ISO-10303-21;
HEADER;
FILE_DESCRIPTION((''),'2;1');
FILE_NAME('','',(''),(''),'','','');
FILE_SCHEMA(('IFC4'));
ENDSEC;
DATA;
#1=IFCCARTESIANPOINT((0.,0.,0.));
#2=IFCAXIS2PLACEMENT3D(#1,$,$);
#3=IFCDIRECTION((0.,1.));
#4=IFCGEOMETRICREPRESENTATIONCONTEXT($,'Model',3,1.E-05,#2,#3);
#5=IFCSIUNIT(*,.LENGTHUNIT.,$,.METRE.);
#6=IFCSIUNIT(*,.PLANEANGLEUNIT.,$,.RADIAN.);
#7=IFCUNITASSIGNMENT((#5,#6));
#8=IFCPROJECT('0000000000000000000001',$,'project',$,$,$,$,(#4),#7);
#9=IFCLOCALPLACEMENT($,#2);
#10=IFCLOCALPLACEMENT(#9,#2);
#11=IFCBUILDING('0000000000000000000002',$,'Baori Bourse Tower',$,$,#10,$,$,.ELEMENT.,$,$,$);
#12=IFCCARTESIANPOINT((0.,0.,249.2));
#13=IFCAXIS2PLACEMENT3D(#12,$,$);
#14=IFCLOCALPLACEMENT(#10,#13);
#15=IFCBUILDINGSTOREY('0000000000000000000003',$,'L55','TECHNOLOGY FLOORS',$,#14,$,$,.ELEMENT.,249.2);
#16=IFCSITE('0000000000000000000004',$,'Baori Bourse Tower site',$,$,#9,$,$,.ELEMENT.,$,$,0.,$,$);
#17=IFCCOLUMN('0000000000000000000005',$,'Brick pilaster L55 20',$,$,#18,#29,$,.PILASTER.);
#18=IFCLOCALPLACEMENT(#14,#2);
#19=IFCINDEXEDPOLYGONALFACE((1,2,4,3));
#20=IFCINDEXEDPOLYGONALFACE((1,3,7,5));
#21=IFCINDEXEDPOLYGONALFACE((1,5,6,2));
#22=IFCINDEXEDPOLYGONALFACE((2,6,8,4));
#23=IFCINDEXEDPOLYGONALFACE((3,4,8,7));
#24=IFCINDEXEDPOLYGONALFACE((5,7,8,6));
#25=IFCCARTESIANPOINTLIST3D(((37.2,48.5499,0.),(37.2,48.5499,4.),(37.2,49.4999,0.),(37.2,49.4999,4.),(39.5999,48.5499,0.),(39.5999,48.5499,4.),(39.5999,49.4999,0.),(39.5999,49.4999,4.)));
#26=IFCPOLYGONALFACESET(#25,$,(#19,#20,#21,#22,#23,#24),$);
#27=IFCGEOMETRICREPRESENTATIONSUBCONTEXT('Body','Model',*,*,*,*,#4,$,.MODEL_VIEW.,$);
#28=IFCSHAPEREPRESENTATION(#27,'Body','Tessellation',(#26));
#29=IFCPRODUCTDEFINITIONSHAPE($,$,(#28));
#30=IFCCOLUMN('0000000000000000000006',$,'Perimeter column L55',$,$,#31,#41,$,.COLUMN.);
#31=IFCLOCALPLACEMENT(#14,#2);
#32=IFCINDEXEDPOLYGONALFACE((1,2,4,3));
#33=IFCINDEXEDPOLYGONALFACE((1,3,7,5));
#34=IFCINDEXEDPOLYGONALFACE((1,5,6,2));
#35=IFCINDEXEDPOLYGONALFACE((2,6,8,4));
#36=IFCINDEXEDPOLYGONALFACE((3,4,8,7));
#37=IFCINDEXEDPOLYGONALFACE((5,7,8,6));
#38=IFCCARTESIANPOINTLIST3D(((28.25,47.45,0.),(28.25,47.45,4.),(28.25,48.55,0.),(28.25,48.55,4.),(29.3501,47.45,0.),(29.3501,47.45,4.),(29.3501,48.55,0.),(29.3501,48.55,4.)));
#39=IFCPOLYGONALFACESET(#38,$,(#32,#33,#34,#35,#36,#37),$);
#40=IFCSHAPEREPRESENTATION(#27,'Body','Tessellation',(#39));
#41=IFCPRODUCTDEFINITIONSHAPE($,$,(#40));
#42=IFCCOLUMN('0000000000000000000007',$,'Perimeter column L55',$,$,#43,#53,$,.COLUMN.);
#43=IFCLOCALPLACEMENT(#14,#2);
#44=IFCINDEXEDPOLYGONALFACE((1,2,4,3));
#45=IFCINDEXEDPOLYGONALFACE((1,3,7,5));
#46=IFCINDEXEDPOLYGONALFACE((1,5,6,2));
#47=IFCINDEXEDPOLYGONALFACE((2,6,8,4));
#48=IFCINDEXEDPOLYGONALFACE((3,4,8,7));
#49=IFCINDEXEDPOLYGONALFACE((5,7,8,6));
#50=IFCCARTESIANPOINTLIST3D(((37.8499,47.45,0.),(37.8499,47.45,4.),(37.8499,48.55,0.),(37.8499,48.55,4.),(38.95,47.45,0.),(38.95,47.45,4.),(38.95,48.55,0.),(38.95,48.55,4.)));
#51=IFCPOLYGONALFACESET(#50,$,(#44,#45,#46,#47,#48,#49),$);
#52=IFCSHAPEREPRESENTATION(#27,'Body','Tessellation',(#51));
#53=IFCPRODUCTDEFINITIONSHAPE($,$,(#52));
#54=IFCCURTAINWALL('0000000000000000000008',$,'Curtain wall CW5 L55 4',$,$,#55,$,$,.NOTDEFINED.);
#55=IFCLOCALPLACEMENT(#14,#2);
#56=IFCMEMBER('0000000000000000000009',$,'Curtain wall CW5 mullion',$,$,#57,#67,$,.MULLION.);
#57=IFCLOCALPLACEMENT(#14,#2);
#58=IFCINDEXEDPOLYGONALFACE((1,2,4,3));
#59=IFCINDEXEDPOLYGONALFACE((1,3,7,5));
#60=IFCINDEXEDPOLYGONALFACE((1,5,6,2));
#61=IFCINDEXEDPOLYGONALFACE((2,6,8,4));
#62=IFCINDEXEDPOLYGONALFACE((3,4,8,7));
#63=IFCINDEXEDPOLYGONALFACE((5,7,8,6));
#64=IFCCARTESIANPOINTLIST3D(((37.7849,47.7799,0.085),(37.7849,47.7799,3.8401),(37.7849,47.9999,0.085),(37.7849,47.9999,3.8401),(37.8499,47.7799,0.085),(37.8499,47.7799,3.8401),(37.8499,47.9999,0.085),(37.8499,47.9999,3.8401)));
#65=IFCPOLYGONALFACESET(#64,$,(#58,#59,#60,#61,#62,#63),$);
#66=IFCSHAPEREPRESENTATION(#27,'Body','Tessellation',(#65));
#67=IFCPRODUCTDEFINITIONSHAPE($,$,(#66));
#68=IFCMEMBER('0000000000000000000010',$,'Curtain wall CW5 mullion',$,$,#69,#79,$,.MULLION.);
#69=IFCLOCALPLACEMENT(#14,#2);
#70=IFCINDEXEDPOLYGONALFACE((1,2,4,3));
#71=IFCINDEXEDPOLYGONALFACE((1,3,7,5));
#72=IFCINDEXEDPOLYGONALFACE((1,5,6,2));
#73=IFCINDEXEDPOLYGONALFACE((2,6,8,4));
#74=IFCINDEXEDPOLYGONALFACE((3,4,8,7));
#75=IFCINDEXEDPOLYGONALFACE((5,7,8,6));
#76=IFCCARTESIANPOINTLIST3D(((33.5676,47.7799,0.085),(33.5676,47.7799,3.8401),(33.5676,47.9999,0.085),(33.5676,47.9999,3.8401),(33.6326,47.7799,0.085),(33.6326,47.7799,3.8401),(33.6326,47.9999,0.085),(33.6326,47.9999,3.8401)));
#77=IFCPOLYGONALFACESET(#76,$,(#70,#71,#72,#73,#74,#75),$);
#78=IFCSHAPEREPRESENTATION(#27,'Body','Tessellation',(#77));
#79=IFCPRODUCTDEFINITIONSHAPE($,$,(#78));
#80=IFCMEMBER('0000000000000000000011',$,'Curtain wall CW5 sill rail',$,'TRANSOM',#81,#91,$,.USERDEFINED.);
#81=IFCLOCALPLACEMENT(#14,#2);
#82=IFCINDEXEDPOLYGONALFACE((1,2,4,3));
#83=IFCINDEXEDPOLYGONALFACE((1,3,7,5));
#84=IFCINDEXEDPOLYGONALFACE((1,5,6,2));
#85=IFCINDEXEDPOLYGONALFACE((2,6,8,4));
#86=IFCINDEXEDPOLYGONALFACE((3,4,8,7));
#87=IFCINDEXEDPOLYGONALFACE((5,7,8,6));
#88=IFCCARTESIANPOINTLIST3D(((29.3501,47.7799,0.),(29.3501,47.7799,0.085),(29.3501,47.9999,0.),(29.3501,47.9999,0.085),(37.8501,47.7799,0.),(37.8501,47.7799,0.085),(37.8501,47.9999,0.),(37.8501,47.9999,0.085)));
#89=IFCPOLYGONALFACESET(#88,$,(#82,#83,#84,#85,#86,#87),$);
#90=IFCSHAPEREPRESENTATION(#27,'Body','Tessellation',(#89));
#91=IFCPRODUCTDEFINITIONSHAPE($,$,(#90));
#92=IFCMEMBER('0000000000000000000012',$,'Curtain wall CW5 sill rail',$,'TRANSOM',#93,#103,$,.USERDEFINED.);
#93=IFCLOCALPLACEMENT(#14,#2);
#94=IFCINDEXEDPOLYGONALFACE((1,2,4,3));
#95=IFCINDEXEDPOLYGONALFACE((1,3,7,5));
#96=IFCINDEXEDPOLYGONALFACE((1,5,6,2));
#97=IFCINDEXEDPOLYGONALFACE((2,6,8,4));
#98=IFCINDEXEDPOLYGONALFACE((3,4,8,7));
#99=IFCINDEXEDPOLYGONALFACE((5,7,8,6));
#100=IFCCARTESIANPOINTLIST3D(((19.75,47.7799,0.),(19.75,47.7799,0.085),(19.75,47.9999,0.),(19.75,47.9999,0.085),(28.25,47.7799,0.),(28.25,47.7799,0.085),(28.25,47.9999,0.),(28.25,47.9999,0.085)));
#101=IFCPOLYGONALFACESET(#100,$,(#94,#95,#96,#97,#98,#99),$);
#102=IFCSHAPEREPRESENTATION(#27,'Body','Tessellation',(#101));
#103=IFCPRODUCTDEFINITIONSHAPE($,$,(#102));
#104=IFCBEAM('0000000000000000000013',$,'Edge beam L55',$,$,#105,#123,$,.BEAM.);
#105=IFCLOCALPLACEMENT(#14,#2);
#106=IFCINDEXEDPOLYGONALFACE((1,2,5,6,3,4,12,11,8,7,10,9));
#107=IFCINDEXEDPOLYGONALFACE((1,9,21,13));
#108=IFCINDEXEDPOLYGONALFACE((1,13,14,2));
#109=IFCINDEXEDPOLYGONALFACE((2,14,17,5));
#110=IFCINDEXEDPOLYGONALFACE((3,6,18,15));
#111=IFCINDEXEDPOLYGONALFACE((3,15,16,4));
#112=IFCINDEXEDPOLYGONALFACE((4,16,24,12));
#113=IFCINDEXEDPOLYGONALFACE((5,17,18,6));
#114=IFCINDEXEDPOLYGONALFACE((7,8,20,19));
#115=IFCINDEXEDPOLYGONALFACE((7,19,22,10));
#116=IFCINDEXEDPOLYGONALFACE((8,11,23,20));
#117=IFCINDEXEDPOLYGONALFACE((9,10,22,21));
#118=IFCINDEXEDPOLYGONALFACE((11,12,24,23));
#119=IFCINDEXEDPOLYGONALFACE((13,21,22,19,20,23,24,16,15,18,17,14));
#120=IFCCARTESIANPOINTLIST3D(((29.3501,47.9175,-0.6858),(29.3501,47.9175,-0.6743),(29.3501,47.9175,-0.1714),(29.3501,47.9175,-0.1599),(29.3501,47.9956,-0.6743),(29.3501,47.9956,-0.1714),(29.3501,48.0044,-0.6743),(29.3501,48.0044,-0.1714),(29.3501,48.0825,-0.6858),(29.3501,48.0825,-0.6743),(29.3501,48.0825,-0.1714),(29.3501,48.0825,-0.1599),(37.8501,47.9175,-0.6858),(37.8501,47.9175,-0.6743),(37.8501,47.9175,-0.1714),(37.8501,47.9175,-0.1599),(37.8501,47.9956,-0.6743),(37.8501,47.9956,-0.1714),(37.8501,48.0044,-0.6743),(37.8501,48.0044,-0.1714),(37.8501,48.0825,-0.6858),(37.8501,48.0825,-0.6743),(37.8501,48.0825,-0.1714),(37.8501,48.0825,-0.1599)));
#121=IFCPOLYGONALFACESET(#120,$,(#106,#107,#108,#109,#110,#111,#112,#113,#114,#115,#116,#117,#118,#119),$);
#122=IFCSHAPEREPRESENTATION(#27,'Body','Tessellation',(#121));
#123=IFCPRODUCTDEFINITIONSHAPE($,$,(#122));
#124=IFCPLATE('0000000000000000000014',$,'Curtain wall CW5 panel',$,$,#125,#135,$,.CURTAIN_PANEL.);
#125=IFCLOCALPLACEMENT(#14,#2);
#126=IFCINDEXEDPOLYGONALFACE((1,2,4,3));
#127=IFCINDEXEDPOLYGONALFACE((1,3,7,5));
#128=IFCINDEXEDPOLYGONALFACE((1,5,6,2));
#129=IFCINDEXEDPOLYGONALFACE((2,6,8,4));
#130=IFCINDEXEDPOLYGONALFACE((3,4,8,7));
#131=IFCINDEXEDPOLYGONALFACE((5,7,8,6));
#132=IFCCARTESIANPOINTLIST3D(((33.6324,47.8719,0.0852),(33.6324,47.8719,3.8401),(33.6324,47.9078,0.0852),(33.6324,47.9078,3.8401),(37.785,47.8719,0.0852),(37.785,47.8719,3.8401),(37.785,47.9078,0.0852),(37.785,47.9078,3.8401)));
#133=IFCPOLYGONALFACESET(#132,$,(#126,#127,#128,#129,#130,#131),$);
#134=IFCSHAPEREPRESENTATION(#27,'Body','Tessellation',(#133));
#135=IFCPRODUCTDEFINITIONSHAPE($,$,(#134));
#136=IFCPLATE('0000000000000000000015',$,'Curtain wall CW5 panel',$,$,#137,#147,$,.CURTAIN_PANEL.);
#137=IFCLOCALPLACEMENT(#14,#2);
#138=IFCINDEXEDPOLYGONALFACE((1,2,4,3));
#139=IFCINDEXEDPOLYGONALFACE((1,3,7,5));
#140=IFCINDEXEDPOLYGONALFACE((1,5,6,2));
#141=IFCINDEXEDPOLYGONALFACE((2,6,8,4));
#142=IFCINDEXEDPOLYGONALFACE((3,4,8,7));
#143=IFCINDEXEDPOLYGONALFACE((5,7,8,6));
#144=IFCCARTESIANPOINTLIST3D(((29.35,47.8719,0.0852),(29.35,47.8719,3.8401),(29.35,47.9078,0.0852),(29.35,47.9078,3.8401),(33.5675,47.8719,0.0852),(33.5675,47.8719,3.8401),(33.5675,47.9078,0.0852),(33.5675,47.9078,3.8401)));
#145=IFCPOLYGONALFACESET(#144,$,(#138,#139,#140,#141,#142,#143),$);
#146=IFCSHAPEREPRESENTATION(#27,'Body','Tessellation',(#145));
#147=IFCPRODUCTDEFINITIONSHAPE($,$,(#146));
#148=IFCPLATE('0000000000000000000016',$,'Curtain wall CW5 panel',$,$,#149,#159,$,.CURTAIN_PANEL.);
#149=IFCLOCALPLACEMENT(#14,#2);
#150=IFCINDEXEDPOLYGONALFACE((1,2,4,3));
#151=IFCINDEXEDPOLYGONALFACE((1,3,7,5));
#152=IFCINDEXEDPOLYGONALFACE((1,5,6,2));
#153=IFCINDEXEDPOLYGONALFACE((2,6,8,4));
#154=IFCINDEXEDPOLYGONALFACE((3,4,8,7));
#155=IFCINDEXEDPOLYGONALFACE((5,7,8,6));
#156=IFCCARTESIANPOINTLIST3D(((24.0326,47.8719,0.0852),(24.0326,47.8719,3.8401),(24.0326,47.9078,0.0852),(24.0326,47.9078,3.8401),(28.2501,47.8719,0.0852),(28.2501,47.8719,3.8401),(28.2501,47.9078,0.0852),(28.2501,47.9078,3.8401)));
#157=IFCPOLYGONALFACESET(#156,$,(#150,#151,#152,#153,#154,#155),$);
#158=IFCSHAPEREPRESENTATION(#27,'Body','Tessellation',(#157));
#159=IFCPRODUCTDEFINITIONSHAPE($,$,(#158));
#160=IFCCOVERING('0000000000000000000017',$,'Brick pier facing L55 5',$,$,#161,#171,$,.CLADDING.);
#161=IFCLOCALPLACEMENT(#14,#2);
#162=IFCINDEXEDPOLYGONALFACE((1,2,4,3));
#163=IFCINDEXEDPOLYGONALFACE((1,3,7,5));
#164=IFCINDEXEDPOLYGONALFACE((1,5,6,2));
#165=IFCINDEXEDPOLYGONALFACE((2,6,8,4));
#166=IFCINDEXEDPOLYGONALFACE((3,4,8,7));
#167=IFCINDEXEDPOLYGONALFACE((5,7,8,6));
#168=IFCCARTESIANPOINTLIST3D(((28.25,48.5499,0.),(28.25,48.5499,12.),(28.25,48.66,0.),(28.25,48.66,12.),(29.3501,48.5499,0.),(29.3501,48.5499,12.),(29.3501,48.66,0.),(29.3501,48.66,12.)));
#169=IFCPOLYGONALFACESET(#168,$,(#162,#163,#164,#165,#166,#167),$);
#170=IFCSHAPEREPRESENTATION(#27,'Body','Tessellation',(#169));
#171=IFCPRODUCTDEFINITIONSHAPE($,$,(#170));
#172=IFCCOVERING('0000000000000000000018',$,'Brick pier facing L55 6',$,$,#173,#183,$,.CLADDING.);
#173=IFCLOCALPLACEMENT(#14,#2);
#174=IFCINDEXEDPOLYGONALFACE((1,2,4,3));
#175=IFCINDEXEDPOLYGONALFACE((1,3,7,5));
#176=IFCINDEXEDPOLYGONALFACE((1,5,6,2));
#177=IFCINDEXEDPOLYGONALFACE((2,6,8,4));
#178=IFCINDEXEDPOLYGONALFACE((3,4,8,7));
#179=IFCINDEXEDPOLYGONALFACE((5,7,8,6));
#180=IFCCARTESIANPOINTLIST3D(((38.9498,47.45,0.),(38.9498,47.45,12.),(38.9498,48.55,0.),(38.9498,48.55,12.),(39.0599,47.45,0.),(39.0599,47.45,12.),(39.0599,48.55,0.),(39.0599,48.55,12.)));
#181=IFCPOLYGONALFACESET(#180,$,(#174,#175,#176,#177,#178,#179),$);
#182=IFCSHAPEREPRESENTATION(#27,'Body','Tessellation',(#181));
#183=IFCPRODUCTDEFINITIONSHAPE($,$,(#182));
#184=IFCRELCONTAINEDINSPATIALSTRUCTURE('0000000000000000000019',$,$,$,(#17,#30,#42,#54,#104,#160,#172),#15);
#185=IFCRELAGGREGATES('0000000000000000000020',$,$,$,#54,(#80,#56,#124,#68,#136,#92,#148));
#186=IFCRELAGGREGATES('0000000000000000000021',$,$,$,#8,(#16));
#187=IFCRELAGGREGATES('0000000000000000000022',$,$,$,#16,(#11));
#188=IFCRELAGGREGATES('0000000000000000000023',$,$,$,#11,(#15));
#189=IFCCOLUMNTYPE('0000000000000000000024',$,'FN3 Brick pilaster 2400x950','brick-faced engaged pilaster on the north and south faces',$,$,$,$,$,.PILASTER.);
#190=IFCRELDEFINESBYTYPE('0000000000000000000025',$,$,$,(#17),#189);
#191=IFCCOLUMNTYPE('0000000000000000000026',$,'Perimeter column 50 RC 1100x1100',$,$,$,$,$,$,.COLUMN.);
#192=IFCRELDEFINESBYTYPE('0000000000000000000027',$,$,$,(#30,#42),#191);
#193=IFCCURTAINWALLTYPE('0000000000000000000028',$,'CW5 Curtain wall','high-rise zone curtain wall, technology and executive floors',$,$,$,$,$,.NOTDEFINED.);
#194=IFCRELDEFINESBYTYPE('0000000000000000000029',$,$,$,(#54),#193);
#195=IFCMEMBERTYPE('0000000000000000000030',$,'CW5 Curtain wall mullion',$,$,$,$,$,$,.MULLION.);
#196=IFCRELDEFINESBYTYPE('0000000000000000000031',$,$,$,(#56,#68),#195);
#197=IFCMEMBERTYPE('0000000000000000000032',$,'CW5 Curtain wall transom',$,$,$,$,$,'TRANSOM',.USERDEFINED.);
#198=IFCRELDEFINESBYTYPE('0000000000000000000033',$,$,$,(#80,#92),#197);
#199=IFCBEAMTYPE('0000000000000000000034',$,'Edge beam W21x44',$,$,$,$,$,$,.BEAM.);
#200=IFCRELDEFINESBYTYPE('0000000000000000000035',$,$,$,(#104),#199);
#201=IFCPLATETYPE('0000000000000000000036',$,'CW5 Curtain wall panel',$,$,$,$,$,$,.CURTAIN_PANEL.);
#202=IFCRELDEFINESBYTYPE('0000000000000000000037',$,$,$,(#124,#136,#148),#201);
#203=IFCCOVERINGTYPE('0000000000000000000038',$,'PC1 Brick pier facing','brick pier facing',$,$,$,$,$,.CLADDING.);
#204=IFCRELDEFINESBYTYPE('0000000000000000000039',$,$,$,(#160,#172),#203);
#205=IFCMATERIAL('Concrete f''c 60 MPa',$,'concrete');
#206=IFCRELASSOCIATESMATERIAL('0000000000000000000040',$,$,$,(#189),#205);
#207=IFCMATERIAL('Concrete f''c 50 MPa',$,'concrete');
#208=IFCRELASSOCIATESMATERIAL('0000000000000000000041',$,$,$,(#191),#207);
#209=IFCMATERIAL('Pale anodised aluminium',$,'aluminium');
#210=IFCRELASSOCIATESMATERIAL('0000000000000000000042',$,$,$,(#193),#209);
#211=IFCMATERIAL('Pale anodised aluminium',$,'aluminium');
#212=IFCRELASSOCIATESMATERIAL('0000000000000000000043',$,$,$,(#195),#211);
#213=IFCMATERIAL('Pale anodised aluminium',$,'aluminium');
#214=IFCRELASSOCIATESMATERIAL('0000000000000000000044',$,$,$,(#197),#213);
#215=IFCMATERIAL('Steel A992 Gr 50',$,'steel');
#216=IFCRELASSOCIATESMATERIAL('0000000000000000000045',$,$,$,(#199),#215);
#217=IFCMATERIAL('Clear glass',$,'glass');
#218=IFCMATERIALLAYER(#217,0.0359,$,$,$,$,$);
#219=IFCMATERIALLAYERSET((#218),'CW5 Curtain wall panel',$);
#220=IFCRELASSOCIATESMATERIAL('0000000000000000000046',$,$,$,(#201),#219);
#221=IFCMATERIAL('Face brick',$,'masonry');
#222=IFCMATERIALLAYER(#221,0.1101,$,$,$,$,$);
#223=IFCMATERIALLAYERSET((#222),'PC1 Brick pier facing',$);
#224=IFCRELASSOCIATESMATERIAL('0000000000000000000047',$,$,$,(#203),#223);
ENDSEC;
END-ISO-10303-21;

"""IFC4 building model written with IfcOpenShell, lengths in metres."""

from ifc_helpers import new_model, si_unit, direction, frame, origin, origin_2d, place, context, subcontext, project, spatial, rectangle, i_section, extrude, material, layer, layer_set, material_profile, profile_set, type_object, element, aggregate, save


model = new_model("IFC4")

# Units and contexts
model_context = context("Model", 3, precision=1e-05, world=origin(), true_north=direction((0.0, 1.0)))
body_context = subcontext(model_context, "Body", "Model", "MODEL_VIEW")
ifc_project = project(units=[si_unit("LENGTHUNIT", "METRE"), si_unit("PLANEANGLEUNIT", "RADIAN")], contexts=[model_context])

# Site, building, storey
site_placement = place(None, origin())
site = spatial("IfcSite", under=ifc_project, at=site_placement, Name="Baori Bourse Tower site", CompositionType="ELEMENT", RefElevation=0.0)
building_placement = place(site_placement, origin())
building = spatial("IfcBuilding", under=site, at=building_placement, Name="Baori Bourse Tower", CompositionType="ELEMENT")
storey_placement = place(building_placement, frame((0.0, 0.0, 249.2)))
storey = spatial("IfcBuildingStorey", under=building, at=storey_placement, Name="L55", Description="TECHNOLOGY FLOORS", CompositionType="ELEMENT", Elevation=249.2)

# Columns
ifc_material_1 = material(Name="Concrete f'c 60 MPa", Category="concrete")
ifc_material_profile_1 = material_profile(ifc_material_1, rectangle(XDim=2.3999, YDim=0.95, at=origin_2d()), Name="RC 2400x950")
ifc_profile_set_1 = profile_set([ifc_material_profile_1], Name="Concrete f'c 60 MPa")
column_type_1 = type_object("IfcColumnType", Name="FN3 Brick pilaster 2400x950", Description="brick-faced engaged pilaster on the north and south faces", PredefinedType="PILASTER", material=ifc_profile_set_1)
column_placement = place(storey_placement, frame((38.3999, 49.0249, 0.0), z_axis=(0.0, 0.0, 1.0), x_axis=(1.0, 0.0, 0.0)))
element("IfcColumn", 1, at=column_placement, inside=storey, type_object=column_type_1, Name="Brick pilaster L55 20", PredefinedType="PILASTER", context=body_context, shape_type="SweptSolid", body=[
    extrude(rectangle(XDim=2.3999, YDim=0.95, at=origin_2d()), origin(), (0.0, 0.0, 1.0), 4.0),
])
ifc_material_2 = material(Name="Concrete f'c 50 MPa", Category="concrete")
ifc_material_profile_2 = material_profile(ifc_material_2, rectangle(XDim=1.1001, YDim=1.1001, at=origin_2d()), Name="RC 1100x1100")
ifc_profile_set_2 = profile_set([ifc_material_profile_2], Name="Concrete f'c 50 MPa")
column_type_2 = type_object("IfcColumnType", Name="Perimeter column 50 RC 1100x1100", PredefinedType="COLUMN", material=ifc_profile_set_2)
for number, where, z_axis, x_axis, name in (
    (2, (28.8, 48.0, 0.0), (0.0, 0.0, 1.0), (1.0, 0.0, 0.0), "Perimeter column L55"),
    (3, (38.3999, 48.0, 0.0), (0.0, 0.0, 1.0), (1.0, 0.0, 0.0), "Perimeter column L55"),
):
    element("IfcColumn", number, at=place(storey_placement, frame(where, z_axis=z_axis, x_axis=x_axis)), inside=storey, type_object=column_type_2, Name=name, PredefinedType="COLUMN", context=body_context, shape_type="SweptSolid", body=[
        extrude(rectangle(XDim=1.1001, YDim=1.1001, at=origin_2d()), origin(), (0.0, 0.0, 1.0), 4.0),
    ])

# Curtain wall, members
ifc_material_3 = material(Name="Pale anodised aluminium", Category="aluminium")
curtain_wall_type = type_object("IfcCurtainWallType", Name="CW5 Curtain wall", Description="high-rise zone curtain wall, technology and executive floors", PredefinedType="NOTDEFINED", material=ifc_material_3)
curtain_wall_placement = place(storey_placement, origin())
curtain_wall = element("IfcCurtainWall", 4, at=curtain_wall_placement, inside=storey, type_object=curtain_wall_type, Name="Curtain wall CW5 L55 4", PredefinedType="NOTDEFINED")
ifc_material_4 = material(Name="Pale anodised aluminium", Category="aluminium")
ifc_material_profile_3 = material_profile(ifc_material_4, rectangle(XDim=0.22, YDim=0.0649, at=origin_2d()), Name="Mullion 65x220")
ifc_profile_set_3 = profile_set([ifc_material_profile_3], Name="Pale anodised aluminium")
member_type_1 = type_object("IfcMemberType", Name="CW5 Curtain wall mullion", PredefinedType="MULLION", material=ifc_profile_set_3)
member_1_placement = place(storey_placement, frame((37.8174, 47.8899, 0.085), z_axis=(0.0, 0.0, 1.0), x_axis=(0.0, -1.0, 0.0)))
member_1 = element("IfcMember", 5, at=member_1_placement, type_object=member_type_1, Name="Curtain wall CW5 mullion", PredefinedType="MULLION", context=body_context, shape_type="SweptSolid", body=[
    extrude(rectangle(XDim=0.22, YDim=0.0649, at=origin_2d()), origin(), (0.0, 0.0, 1.0), 3.7551),
])
member_2_placement = place(storey_placement, frame((33.6001, 47.8899, 0.085), z_axis=(0.0, 0.0, 1.0), x_axis=(0.0, -1.0, 0.0)))
member_2 = element("IfcMember", 6, at=member_2_placement, type_object=member_type_1, Name="Curtain wall CW5 mullion", PredefinedType="MULLION", context=body_context, shape_type="SweptSolid", body=[
    extrude(rectangle(XDim=0.22, YDim=0.0649, at=origin_2d()), origin(), (0.0, 0.0, 1.0), 3.7551),
])
ifc_material_5 = material(Name="Pale anodised aluminium", Category="aluminium")
ifc_material_profile_4 = material_profile(ifc_material_5, rectangle(XDim=0.22, YDim=0.085, at=origin_2d()), Name="Transom 85x220")
ifc_profile_set_4 = profile_set([ifc_material_profile_4], Name="Pale anodised aluminium")
member_type_2 = type_object("IfcMemberType", Name="CW5 Curtain wall transom", ElementType="TRANSOM", PredefinedType="USERDEFINED", material=ifc_profile_set_4)
member_3_placement = place(storey_placement, frame((37.8501, 47.8899, 0.0425), z_axis=(-1.0, 0.0, 0.0), x_axis=(0.0, -1.0, 0.0)))
member_3 = element("IfcMember", 7, at=member_3_placement, type_object=member_type_2, Name="Curtain wall CW5 sill rail", ObjectType="TRANSOM", PredefinedType="USERDEFINED", context=body_context, shape_type="SweptSolid", body=[
    extrude(rectangle(XDim=0.22, YDim=0.085, at=origin_2d()), origin(), (0.0, 0.0, 1.0), 8.5),
])
member_4_placement = place(storey_placement, frame((28.25, 47.8899, 0.0425), z_axis=(-1.0, 0.0, 0.0), x_axis=(0.0, -1.0, 0.0)))
member_4 = element("IfcMember", 8, at=member_4_placement, type_object=member_type_2, Name="Curtain wall CW5 sill rail", ObjectType="TRANSOM", PredefinedType="USERDEFINED", context=body_context, shape_type="SweptSolid", body=[
    extrude(rectangle(XDim=0.22, YDim=0.085, at=origin_2d()), origin(), (0.0, 0.0, 1.0), 8.5),
])

# Beam
ifc_material_6 = material(Name="Steel A992 Gr 50", Category="steel")
ifc_material_profile_5 = material_profile(ifc_material_6, i_section(OverallWidth=0.165, OverallDepth=0.5259, WebThickness=0.0088, FlangeThickness=0.0115, at=origin_2d()), Name="W21x44")
ifc_profile_set_5 = profile_set([ifc_material_profile_5], Name="Steel A992 Gr 50")
beam_type = type_object("IfcBeamType", Name="Edge beam W21x44", PredefinedType="BEAM", material=ifc_profile_set_5)
beam_placement = place(storey_placement, frame((29.3501, 48.0, -0.4229), z_axis=(1.0, 0.0, 0.0), x_axis=(0.0, 1.0, 0.0)))
element("IfcBeam", 9, at=beam_placement, inside=storey, type_object=beam_type, Name="Edge beam L55", PredefinedType="BEAM", context=body_context, shape_type="SweptSolid", body=[
    extrude(i_section(OverallWidth=0.165, OverallDepth=0.5259, WebThickness=0.0088, FlangeThickness=0.0115, at=origin_2d()), origin(), (0.0, 0.0, 1.0), 8.5),
])

# Plates
ifc_material_7 = material(Name="Clear glass", Category="glass")
ifc_layer_1 = layer(ifc_material_7, 0.0359)
ifc_layer_set_1 = layer_set([ifc_layer_1], Name="CW5 Curtain wall panel")
plate_type = type_object("IfcPlateType", Name="CW5 Curtain wall panel", PredefinedType="CURTAIN_PANEL", material=ifc_layer_set_1)
plate_1_placement = place(storey_placement, frame((35.7087, 47.8899, 0.0852), z_axis=(0.0, 0.0, 1.0), x_axis=(-1.0, 0.0, 0.0)))
plate_1 = element("IfcPlate", 10, at=plate_1_placement, type_object=plate_type, Name="Curtain wall CW5 panel", PredefinedType="CURTAIN_PANEL", context=body_context, shape_type="SweptSolid", body=[
    extrude(rectangle(XDim=4.1526, YDim=0.0359, at=origin_2d()), origin(), (0.0, 0.0, 1.0), 3.7549),
])
plate_2_placement = place(storey_placement, frame((31.4587, 47.8899, 0.0852), z_axis=(0.0, 0.0, 1.0), x_axis=(-1.0, 0.0, 0.0)))
plate_2 = element("IfcPlate", 11, at=plate_2_placement, type_object=plate_type, Name="Curtain wall CW5 panel", PredefinedType="CURTAIN_PANEL", context=body_context, shape_type="SweptSolid", body=[
    extrude(rectangle(XDim=4.2175, YDim=0.0359, at=origin_2d()), origin(), (0.0, 0.0, 1.0), 3.7549),
])
plate_3_placement = place(storey_placement, frame((26.1414, 47.8899, 0.0852), z_axis=(0.0, 0.0, 1.0), x_axis=(-1.0, 0.0, 0.0)))
plate_3 = element("IfcPlate", 12, at=plate_3_placement, type_object=plate_type, Name="Curtain wall CW5 panel", PredefinedType="CURTAIN_PANEL", context=body_context, shape_type="SweptSolid", body=[
    extrude(rectangle(XDim=4.2175, YDim=0.0359, at=origin_2d()), origin(), (0.0, 0.0, 1.0), 3.7549),
])
aggregate(curtain_wall, [member_3, member_1, plate_1, member_2, plate_2, member_4, plate_3])

# Coverings
ifc_material_8 = material(Name="Face brick", Category="masonry")
ifc_layer_2 = layer(ifc_material_8, 0.1101)
ifc_layer_set_2 = layer_set([ifc_layer_2], Name="PC1 Brick pier facing")
covering_type = type_object("IfcCoveringType", Name="PC1 Brick pier facing", Description="brick pier facing", PredefinedType="CLADDING", material=ifc_layer_set_2)
covering_1_placement = place(storey_placement, frame((28.8, 48.605, 0.0), z_axis=(0.0, 0.0, 1.0), x_axis=(1.0, 0.0, 0.0)))
element("IfcCovering", 13, at=covering_1_placement, inside=storey, type_object=covering_type, Name="Brick pier facing L55 5", PredefinedType="CLADDING", context=body_context, shape_type="SweptSolid", body=[
    extrude(rectangle(XDim=1.1001, YDim=0.1101, at=origin_2d()), origin(), (0.0, 0.0, 1.0), 12.0),
])
covering_2_placement = place(storey_placement, frame((39.0049, 48.0, 0.0), z_axis=(0.0, 0.0, 1.0), x_axis=(1.0, 0.0, 0.0)))
element("IfcCovering", 14, at=covering_2_placement, inside=storey, type_object=covering_type, Name="Brick pier facing L55 6", PredefinedType="CLADDING", context=body_context, shape_type="SweptSolid", body=[
    extrude(rectangle(XDim=0.1101, YDim=1.1001, at=origin_2d()), origin(), (0.0, 0.0, 1.0), 12.0),
])

save(model, "model.ifc")
